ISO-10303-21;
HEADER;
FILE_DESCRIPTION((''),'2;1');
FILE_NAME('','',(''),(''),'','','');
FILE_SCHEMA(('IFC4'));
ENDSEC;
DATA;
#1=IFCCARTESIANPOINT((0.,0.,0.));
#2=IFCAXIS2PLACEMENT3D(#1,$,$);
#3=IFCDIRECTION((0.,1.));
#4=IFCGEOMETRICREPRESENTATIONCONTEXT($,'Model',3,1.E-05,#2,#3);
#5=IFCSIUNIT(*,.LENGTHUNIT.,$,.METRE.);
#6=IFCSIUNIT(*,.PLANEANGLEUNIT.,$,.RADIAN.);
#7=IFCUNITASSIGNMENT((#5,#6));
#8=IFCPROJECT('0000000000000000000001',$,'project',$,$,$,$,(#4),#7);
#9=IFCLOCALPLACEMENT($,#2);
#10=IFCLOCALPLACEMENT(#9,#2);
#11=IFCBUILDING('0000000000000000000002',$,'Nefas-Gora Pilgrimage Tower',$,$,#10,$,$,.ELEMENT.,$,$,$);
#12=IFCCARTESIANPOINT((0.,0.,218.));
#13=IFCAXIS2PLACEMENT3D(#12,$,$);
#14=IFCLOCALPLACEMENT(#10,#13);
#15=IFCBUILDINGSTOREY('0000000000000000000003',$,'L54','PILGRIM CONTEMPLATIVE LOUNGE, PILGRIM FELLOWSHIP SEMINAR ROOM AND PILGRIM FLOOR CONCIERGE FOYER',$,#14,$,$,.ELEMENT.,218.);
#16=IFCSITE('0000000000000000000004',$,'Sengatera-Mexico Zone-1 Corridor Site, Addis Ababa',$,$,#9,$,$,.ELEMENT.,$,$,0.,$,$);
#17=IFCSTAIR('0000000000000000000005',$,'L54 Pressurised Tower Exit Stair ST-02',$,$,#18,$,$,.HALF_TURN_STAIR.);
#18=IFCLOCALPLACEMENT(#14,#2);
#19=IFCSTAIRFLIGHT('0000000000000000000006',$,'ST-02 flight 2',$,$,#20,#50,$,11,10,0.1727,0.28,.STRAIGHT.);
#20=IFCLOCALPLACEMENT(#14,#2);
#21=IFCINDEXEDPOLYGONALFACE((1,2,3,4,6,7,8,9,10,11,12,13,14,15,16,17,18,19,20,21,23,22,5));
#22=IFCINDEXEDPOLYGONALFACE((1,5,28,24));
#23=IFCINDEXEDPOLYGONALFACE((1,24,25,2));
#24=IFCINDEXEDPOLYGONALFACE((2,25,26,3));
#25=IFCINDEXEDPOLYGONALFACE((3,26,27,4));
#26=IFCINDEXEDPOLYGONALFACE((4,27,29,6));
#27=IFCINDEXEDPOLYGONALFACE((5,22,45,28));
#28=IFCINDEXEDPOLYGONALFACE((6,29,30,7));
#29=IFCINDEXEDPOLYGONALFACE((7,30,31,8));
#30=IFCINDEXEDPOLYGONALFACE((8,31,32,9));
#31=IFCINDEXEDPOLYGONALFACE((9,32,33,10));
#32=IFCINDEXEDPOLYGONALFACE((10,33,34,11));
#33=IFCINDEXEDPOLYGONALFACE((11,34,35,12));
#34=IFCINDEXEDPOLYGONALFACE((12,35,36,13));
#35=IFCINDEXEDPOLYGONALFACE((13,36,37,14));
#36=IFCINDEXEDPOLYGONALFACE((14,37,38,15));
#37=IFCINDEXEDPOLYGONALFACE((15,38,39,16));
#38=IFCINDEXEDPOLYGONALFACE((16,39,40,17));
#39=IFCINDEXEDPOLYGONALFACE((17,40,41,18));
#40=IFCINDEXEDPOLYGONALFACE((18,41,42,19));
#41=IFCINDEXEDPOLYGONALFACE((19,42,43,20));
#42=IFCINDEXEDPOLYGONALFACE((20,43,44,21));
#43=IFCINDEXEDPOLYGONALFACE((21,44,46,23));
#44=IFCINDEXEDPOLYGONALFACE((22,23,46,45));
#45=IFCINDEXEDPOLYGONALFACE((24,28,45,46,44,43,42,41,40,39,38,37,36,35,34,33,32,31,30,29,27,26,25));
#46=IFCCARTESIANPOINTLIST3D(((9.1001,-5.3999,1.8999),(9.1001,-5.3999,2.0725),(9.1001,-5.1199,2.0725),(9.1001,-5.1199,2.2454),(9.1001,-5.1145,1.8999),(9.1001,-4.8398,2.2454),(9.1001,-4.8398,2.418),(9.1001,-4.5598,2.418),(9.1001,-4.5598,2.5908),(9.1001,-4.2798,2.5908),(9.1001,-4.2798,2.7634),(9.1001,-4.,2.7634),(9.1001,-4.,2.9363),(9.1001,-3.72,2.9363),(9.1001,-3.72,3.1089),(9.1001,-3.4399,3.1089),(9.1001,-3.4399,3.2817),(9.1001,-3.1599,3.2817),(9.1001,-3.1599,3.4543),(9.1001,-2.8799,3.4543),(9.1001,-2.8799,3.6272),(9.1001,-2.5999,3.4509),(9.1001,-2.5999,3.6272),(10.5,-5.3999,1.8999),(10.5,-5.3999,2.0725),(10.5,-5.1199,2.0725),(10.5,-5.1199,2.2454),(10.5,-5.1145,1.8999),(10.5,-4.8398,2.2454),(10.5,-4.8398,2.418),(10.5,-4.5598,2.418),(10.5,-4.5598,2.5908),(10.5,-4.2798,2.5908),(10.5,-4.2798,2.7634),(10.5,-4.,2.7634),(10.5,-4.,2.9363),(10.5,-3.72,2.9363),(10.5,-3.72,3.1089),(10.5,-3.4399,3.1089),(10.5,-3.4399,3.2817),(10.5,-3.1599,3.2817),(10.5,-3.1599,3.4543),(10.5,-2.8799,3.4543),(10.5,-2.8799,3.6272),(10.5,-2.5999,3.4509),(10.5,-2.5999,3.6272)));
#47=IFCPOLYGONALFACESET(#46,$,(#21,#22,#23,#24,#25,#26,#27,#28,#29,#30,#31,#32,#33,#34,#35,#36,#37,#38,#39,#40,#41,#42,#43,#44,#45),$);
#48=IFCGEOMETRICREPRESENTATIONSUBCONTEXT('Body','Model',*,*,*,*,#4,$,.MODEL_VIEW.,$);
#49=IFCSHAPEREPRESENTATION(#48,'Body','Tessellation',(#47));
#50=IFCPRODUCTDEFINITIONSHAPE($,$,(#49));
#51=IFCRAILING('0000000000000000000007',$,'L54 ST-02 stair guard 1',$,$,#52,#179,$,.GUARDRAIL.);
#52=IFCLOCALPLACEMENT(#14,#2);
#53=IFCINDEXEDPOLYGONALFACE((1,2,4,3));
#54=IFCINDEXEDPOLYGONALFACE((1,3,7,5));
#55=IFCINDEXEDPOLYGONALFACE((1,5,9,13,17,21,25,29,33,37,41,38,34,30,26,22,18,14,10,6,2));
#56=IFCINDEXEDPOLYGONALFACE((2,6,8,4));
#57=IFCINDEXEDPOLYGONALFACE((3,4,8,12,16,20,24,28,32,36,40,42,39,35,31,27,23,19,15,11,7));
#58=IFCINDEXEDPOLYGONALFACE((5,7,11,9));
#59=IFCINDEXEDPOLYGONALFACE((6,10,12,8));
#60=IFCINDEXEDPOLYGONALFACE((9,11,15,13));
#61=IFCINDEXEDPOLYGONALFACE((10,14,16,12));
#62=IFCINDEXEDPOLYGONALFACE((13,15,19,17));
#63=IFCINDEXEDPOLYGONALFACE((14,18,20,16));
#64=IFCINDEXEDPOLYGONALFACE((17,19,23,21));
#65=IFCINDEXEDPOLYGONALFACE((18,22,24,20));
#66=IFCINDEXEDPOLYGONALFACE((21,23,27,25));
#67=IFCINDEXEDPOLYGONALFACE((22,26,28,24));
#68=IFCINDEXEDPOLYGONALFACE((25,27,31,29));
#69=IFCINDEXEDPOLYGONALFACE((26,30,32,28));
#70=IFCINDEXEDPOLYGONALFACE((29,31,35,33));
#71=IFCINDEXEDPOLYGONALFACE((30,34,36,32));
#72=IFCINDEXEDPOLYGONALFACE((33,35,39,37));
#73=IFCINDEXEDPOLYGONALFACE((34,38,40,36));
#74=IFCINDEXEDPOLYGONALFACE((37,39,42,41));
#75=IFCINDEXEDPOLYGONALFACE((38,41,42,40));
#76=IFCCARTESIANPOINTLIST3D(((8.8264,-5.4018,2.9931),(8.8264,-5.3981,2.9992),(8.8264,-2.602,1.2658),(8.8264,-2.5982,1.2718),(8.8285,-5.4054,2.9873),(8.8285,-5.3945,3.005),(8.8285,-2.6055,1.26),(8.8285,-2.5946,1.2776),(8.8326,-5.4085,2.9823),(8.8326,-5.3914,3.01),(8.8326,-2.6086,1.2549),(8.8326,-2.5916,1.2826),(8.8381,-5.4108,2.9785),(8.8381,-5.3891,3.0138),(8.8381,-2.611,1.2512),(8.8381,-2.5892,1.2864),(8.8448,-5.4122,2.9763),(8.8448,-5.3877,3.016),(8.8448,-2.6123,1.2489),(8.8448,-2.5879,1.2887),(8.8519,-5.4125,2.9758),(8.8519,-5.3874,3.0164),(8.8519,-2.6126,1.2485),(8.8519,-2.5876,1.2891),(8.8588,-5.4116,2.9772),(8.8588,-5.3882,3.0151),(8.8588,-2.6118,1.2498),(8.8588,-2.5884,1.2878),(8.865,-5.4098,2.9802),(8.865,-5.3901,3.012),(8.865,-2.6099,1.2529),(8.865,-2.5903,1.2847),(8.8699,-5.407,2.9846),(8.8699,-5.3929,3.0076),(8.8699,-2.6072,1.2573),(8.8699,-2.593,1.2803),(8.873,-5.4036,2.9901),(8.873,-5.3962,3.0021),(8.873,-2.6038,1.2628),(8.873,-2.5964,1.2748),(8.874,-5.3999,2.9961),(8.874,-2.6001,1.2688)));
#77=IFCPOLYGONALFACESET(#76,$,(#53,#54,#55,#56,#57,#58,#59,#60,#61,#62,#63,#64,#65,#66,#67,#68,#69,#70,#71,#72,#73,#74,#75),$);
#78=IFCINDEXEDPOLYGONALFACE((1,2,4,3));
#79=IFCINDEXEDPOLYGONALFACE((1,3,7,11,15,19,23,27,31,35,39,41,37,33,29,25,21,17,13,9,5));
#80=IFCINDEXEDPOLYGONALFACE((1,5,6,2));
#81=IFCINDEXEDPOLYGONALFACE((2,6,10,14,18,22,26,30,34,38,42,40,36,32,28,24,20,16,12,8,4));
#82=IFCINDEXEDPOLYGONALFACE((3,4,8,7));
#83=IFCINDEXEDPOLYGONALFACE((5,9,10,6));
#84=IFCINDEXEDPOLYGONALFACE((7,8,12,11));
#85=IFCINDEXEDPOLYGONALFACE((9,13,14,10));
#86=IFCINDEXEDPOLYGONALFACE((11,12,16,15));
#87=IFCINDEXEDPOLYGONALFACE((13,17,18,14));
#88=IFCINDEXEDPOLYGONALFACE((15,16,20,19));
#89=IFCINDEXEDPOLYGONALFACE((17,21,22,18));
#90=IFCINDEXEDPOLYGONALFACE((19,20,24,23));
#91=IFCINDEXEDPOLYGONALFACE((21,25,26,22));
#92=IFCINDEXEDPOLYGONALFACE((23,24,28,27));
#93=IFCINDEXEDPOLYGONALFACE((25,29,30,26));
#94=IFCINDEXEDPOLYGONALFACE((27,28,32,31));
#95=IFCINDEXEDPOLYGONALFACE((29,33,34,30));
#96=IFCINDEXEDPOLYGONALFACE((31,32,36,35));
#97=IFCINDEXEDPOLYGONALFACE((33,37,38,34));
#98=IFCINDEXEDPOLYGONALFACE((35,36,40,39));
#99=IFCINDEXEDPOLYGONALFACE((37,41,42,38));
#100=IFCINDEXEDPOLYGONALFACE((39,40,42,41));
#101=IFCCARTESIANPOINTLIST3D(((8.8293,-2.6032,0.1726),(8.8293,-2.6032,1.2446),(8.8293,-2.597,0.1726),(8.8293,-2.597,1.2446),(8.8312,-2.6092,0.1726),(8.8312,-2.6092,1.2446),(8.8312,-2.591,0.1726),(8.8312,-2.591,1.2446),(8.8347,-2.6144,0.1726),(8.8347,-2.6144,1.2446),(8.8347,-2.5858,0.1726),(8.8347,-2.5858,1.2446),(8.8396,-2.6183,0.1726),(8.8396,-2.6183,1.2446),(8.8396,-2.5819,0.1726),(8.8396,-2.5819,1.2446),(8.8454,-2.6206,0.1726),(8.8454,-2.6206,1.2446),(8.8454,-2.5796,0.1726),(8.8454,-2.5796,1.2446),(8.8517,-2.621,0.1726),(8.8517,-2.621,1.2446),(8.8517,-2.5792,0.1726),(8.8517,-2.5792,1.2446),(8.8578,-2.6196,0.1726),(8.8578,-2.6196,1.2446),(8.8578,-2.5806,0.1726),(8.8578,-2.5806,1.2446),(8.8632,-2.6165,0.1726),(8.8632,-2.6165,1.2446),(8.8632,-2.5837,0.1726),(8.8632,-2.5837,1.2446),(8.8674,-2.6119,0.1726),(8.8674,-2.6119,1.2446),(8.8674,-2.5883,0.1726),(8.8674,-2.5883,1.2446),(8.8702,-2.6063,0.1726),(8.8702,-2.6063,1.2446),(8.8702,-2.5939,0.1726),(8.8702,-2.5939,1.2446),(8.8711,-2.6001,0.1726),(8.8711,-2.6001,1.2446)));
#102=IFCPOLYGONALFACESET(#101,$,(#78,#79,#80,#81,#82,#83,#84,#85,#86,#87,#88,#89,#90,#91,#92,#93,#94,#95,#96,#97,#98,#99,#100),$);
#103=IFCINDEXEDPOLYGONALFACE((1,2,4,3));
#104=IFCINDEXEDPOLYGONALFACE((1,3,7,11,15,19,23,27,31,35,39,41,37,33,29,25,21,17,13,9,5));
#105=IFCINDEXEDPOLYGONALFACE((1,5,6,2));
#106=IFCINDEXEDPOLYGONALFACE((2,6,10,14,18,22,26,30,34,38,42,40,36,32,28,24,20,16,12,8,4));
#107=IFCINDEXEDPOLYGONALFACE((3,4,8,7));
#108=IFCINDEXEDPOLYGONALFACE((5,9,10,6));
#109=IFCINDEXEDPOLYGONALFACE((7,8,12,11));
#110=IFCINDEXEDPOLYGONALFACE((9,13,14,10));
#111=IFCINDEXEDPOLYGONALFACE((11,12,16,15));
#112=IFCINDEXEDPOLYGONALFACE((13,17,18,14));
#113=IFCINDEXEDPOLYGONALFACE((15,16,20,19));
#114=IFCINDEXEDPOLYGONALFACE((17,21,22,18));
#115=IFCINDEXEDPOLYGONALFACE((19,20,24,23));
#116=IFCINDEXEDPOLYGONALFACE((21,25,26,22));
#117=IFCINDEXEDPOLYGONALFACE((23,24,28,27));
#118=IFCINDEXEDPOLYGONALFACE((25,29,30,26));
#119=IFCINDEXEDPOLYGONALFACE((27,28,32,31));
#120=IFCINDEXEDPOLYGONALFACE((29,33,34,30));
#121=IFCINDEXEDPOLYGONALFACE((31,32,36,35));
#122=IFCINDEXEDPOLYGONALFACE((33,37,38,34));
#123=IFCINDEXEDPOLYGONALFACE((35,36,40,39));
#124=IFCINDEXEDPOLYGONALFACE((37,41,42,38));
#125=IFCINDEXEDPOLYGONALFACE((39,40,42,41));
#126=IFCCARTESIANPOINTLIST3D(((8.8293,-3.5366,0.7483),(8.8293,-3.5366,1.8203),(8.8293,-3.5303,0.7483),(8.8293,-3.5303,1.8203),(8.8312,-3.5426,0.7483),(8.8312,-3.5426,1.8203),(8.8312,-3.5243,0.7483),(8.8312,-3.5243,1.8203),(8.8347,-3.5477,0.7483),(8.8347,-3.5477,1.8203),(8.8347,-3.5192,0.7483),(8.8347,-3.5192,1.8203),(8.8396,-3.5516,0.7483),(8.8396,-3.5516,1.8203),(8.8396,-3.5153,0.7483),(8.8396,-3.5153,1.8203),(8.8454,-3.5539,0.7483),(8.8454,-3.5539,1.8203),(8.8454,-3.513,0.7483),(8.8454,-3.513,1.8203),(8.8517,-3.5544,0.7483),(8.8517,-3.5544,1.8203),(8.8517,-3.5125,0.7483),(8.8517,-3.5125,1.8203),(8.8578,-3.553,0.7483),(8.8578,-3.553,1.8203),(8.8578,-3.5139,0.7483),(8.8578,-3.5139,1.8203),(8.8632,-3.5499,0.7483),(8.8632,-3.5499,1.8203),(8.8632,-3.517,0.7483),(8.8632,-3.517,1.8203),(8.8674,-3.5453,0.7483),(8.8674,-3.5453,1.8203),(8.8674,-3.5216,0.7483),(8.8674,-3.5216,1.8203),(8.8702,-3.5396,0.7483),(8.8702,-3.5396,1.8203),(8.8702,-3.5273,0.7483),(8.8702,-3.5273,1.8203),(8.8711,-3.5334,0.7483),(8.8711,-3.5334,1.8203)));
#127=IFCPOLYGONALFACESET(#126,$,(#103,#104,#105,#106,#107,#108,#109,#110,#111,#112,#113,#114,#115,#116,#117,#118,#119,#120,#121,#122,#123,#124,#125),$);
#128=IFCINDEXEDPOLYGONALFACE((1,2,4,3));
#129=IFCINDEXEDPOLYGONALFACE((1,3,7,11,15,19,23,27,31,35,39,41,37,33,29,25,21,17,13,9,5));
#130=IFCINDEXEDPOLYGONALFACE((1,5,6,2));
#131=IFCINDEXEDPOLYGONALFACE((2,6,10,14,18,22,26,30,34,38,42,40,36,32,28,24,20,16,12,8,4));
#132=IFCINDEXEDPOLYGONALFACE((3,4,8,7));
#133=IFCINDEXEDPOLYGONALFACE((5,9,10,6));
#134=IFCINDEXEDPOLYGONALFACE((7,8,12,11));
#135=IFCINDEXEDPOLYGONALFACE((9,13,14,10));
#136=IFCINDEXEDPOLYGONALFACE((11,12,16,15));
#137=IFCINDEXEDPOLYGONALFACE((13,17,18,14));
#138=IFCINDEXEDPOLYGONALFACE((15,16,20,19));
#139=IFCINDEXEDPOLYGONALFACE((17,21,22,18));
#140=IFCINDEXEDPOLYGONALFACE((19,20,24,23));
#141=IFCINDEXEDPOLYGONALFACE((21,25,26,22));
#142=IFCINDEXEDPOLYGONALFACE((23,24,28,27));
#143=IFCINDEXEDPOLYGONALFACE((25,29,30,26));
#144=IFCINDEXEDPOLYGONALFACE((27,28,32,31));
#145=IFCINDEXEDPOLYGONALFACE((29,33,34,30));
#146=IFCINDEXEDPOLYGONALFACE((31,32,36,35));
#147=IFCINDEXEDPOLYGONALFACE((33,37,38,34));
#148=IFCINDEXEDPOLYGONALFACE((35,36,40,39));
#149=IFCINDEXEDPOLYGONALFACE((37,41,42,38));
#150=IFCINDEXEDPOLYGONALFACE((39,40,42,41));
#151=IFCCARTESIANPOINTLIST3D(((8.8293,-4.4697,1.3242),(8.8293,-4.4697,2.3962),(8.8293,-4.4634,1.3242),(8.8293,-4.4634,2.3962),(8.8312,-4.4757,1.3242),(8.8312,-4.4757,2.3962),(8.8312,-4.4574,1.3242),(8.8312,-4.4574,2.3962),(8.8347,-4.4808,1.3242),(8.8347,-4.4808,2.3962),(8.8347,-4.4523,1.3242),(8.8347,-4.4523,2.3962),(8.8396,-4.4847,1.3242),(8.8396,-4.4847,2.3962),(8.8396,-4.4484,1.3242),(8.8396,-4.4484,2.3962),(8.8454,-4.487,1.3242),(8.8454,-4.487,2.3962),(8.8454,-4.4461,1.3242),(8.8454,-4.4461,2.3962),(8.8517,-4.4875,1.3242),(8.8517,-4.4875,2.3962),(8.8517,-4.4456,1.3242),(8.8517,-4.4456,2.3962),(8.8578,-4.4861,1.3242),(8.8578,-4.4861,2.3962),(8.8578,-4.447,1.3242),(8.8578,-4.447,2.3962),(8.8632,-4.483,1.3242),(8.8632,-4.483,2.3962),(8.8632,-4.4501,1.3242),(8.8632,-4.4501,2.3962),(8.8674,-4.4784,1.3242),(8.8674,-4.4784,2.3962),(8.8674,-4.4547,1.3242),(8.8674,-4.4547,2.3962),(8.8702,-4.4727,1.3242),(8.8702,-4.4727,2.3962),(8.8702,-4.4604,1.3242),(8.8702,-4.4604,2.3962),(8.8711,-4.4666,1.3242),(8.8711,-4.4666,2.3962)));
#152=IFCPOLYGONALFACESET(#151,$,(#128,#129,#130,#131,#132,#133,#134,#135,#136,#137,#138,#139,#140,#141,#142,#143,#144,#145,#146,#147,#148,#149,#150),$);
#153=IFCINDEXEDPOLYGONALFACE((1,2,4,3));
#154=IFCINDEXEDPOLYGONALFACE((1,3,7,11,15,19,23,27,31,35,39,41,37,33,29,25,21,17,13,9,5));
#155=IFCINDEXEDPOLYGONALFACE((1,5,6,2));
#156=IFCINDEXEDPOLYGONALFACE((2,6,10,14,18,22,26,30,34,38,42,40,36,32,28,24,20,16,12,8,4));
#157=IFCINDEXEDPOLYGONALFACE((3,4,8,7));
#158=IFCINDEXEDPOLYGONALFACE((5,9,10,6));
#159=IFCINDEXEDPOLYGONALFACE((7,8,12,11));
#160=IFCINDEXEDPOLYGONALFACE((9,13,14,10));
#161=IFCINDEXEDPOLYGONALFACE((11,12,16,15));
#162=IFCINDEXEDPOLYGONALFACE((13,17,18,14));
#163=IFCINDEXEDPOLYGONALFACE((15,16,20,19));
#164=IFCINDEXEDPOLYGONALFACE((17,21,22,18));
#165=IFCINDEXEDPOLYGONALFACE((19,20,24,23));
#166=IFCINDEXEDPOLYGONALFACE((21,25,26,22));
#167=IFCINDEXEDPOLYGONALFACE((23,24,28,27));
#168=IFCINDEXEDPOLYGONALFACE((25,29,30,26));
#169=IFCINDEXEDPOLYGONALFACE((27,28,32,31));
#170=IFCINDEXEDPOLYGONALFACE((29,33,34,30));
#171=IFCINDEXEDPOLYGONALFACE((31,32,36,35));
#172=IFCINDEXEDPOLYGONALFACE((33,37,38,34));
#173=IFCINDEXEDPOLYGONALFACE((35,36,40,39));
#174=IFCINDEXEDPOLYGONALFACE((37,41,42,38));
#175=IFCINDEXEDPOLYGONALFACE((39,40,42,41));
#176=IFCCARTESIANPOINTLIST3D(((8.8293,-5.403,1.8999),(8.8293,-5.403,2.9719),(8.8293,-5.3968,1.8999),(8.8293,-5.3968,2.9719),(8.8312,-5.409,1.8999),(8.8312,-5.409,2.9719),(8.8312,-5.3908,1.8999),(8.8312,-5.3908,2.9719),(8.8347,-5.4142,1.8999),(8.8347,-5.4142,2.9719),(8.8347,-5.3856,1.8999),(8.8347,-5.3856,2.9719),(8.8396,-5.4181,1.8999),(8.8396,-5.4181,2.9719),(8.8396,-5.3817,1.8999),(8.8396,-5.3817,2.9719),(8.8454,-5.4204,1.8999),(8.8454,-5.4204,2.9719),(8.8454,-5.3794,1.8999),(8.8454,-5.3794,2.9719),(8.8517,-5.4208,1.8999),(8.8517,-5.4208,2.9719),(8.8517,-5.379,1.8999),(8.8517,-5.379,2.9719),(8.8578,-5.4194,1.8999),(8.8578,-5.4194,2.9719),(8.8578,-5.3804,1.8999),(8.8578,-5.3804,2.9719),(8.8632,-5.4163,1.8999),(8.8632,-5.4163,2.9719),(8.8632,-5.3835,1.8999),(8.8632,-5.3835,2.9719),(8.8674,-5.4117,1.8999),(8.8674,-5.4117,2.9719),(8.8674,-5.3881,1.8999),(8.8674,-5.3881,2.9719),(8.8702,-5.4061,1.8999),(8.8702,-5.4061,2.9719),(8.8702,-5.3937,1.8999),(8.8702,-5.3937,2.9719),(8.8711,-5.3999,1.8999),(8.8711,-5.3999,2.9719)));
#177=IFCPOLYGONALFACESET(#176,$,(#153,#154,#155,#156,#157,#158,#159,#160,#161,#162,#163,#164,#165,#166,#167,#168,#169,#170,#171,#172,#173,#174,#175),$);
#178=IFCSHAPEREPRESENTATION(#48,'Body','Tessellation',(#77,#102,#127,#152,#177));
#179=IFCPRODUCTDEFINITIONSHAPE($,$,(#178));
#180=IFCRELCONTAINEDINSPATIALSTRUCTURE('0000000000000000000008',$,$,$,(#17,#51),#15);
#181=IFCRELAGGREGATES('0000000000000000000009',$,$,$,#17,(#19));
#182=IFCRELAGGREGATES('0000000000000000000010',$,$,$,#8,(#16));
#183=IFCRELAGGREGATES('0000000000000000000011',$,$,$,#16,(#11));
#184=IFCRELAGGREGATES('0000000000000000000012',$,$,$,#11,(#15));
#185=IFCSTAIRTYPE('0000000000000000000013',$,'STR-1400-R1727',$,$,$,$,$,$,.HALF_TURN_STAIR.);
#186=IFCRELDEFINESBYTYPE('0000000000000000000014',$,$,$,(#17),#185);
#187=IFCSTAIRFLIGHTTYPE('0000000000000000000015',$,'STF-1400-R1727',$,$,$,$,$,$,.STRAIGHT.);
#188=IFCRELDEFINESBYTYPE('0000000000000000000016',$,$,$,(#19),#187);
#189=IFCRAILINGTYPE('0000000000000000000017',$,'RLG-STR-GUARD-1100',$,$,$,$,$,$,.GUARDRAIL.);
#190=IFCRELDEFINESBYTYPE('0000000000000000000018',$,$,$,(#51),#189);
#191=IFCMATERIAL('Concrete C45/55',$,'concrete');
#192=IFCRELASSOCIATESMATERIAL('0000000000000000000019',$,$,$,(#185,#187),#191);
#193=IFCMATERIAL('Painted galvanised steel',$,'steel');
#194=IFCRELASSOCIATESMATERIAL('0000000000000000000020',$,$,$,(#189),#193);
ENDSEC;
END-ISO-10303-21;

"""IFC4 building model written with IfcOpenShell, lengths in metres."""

from ifc_helpers import new_model, si_unit, direction, frame, origin, origin_2d, place, context, subcontext, project, spatial, polyline, circle, outline, extrude, source, transform, mapped, material, type_object, element, aggregate, save


model = new_model("IFC4")

# Units and contexts
model_context = context("Model", 3, precision=1e-05, world=origin(), true_north=direction((0.0, 1.0)))
body_context = subcontext(model_context, "Body", "Model", "MODEL_VIEW")
ifc_project = project(units=[si_unit("LENGTHUNIT", "METRE"), si_unit("PLANEANGLEUNIT", "RADIAN")], contexts=[model_context])

# Site, building, storey
site_placement = place(None, origin())
site = spatial("IfcSite", under=ifc_project, at=site_placement, Name="Sengatera-Mexico Zone-1 Corridor Site, Addis Ababa", CompositionType="ELEMENT", RefElevation=0.0)
building_placement = place(site_placement, origin())
building = spatial("IfcBuilding", under=site, at=building_placement, Name="Nefas-Gora Pilgrimage Tower", CompositionType="ELEMENT")
storey_placement = place(building_placement, frame((0.0, 0.0, 218.0)))
storey = spatial("IfcBuildingStorey", under=building, at=storey_placement, Name="L54", Description="PILGRIM CONTEMPLATIVE LOUNGE, PILGRIM FELLOWSHIP SEMINAR ROOM AND PILGRIM FLOOR CONCIERGE FOYER", CompositionType="ELEMENT", Elevation=218.0)

# Shared definitions
ifc_material_1 = material(Name="Concrete C45/55", Category="concrete")

# Stair, stair flight
stair_type = type_object("IfcStairType", Name="STR-1400-R1727", PredefinedType="HALF_TURN_STAIR", material=ifc_material_1)
stair_placement = place(storey_placement, origin())
stair = element("IfcStair", 1, at=stair_placement, inside=storey, type_object=stair_type, Name="L54 Pressurised Tower Exit Stair ST-02", PredefinedType="HALF_TURN_STAIR")
stair_flight_type = type_object("IfcStairFlightType", Name="STF-1400-R1727", PredefinedType="STRAIGHT", material=ifc_material_1)
shared_shape_1 = source(origin(), body_context, "Body", "SweptSolid", [
    extrude(outline(polyline([(0.0, 0.0), (0.0, 0.1726), (0.28, 0.1726), (0.28, 0.3455), (0.5601, 0.3455), (0.5601, 0.5181), (0.8401, 0.5181), (0.8401, 0.6909), (1.1201, 0.6909), (1.1201, 0.8635), (1.3999, 0.8635), (1.3999, 1.0364), (1.6799, 1.0364), (1.6799, 1.209), (1.96, 1.209), (1.96, 1.3818), (2.24, 1.3818), (2.24, 1.5544), (2.52, 1.5544), (2.52, 1.7273), (2.8, 1.7273), (2.8, 1.8999), (2.8, 1.551), (0.2854, 0.0), (0.0, 0.0)])), frame((0.0, 0.7, 0.0), z_axis=(0.0, -1.0, 0.0), x_axis=(1.0, 0.0, 0.0)), (0.0, 0.0, 1.0), 1.3999),
])
stair_flight_1_placement = place(storey_placement, frame((9.8, -5.3999, 1.8999), z_axis=(0.0, 0.0, 1.0), x_axis=(0.0, 1.0, 0.0)))
stair_flight_1 = element("IfcStairFlight", 2, at=stair_flight_1_placement, type_object=stair_flight_type, Name="ST-02 flight 2", NumberOfRisers=11, NumberOfTreads=10, PredefinedType="STRAIGHT", RiserHeight=0.1727, TreadLength=0.28, context=body_context, shape_type="MappedRepresentation", body=[
    mapped(shared_shape_1, transform((0.0, 0.0, 0.0), x_axis=(1.0, 0.0, 0.0), y_axis=(0.0, 1.0, 0.0), z_axis=(0.0, 0.0, 1.0), scale=1.0)),
])
aggregate(stair, [stair_flight_1])

# Railing
ifc_material_2 = material(Name="Painted galvanised steel", Category="steel")
railing_type_1 = type_object("IfcRailingType", Name="RLG-STR-GUARD-1100", PredefinedType="GUARDRAIL", material=ifc_material_2)
railing_1_placement = place(storey_placement, frame((8.8501, -2.6001, 0.1726)))
element("IfcRailing", 3, at=railing_1_placement, inside=storey, type_object=railing_type_1, Name="L54 ST-02 stair guard 1", PredefinedType="GUARDRAIL", context=body_context, shape_type="SweptSolid", body=[
    extrude(circle(Radius=0.0239, at=origin_2d()), frame((0.0, 0.0, 1.0962), z_axis=(0.0, -0.851069, 0.525054), x_axis=(1.0, 0.0, 0.0)), (0.0, 0.0, 1.0), 3.2898),
    extrude(circle(Radius=0.021, at=origin_2d()), origin(), (0.0, 0.0, 1.0), 1.072),
    extrude(circle(Radius=0.021, at=origin_2d()), frame((0.0, -0.9333, 0.5757)), (0.0, 0.0, 1.0), 1.072),
    extrude(circle(Radius=0.021, at=origin_2d()), frame((0.0, -1.8665, 1.1516)), (0.0, 0.0, 1.0), 1.072),
    extrude(circle(Radius=0.021, at=origin_2d()), frame((0.0, -2.7998, 1.7273)), (0.0, 0.0, 1.0), 1.072),
])

save(model, "model.ifc")
